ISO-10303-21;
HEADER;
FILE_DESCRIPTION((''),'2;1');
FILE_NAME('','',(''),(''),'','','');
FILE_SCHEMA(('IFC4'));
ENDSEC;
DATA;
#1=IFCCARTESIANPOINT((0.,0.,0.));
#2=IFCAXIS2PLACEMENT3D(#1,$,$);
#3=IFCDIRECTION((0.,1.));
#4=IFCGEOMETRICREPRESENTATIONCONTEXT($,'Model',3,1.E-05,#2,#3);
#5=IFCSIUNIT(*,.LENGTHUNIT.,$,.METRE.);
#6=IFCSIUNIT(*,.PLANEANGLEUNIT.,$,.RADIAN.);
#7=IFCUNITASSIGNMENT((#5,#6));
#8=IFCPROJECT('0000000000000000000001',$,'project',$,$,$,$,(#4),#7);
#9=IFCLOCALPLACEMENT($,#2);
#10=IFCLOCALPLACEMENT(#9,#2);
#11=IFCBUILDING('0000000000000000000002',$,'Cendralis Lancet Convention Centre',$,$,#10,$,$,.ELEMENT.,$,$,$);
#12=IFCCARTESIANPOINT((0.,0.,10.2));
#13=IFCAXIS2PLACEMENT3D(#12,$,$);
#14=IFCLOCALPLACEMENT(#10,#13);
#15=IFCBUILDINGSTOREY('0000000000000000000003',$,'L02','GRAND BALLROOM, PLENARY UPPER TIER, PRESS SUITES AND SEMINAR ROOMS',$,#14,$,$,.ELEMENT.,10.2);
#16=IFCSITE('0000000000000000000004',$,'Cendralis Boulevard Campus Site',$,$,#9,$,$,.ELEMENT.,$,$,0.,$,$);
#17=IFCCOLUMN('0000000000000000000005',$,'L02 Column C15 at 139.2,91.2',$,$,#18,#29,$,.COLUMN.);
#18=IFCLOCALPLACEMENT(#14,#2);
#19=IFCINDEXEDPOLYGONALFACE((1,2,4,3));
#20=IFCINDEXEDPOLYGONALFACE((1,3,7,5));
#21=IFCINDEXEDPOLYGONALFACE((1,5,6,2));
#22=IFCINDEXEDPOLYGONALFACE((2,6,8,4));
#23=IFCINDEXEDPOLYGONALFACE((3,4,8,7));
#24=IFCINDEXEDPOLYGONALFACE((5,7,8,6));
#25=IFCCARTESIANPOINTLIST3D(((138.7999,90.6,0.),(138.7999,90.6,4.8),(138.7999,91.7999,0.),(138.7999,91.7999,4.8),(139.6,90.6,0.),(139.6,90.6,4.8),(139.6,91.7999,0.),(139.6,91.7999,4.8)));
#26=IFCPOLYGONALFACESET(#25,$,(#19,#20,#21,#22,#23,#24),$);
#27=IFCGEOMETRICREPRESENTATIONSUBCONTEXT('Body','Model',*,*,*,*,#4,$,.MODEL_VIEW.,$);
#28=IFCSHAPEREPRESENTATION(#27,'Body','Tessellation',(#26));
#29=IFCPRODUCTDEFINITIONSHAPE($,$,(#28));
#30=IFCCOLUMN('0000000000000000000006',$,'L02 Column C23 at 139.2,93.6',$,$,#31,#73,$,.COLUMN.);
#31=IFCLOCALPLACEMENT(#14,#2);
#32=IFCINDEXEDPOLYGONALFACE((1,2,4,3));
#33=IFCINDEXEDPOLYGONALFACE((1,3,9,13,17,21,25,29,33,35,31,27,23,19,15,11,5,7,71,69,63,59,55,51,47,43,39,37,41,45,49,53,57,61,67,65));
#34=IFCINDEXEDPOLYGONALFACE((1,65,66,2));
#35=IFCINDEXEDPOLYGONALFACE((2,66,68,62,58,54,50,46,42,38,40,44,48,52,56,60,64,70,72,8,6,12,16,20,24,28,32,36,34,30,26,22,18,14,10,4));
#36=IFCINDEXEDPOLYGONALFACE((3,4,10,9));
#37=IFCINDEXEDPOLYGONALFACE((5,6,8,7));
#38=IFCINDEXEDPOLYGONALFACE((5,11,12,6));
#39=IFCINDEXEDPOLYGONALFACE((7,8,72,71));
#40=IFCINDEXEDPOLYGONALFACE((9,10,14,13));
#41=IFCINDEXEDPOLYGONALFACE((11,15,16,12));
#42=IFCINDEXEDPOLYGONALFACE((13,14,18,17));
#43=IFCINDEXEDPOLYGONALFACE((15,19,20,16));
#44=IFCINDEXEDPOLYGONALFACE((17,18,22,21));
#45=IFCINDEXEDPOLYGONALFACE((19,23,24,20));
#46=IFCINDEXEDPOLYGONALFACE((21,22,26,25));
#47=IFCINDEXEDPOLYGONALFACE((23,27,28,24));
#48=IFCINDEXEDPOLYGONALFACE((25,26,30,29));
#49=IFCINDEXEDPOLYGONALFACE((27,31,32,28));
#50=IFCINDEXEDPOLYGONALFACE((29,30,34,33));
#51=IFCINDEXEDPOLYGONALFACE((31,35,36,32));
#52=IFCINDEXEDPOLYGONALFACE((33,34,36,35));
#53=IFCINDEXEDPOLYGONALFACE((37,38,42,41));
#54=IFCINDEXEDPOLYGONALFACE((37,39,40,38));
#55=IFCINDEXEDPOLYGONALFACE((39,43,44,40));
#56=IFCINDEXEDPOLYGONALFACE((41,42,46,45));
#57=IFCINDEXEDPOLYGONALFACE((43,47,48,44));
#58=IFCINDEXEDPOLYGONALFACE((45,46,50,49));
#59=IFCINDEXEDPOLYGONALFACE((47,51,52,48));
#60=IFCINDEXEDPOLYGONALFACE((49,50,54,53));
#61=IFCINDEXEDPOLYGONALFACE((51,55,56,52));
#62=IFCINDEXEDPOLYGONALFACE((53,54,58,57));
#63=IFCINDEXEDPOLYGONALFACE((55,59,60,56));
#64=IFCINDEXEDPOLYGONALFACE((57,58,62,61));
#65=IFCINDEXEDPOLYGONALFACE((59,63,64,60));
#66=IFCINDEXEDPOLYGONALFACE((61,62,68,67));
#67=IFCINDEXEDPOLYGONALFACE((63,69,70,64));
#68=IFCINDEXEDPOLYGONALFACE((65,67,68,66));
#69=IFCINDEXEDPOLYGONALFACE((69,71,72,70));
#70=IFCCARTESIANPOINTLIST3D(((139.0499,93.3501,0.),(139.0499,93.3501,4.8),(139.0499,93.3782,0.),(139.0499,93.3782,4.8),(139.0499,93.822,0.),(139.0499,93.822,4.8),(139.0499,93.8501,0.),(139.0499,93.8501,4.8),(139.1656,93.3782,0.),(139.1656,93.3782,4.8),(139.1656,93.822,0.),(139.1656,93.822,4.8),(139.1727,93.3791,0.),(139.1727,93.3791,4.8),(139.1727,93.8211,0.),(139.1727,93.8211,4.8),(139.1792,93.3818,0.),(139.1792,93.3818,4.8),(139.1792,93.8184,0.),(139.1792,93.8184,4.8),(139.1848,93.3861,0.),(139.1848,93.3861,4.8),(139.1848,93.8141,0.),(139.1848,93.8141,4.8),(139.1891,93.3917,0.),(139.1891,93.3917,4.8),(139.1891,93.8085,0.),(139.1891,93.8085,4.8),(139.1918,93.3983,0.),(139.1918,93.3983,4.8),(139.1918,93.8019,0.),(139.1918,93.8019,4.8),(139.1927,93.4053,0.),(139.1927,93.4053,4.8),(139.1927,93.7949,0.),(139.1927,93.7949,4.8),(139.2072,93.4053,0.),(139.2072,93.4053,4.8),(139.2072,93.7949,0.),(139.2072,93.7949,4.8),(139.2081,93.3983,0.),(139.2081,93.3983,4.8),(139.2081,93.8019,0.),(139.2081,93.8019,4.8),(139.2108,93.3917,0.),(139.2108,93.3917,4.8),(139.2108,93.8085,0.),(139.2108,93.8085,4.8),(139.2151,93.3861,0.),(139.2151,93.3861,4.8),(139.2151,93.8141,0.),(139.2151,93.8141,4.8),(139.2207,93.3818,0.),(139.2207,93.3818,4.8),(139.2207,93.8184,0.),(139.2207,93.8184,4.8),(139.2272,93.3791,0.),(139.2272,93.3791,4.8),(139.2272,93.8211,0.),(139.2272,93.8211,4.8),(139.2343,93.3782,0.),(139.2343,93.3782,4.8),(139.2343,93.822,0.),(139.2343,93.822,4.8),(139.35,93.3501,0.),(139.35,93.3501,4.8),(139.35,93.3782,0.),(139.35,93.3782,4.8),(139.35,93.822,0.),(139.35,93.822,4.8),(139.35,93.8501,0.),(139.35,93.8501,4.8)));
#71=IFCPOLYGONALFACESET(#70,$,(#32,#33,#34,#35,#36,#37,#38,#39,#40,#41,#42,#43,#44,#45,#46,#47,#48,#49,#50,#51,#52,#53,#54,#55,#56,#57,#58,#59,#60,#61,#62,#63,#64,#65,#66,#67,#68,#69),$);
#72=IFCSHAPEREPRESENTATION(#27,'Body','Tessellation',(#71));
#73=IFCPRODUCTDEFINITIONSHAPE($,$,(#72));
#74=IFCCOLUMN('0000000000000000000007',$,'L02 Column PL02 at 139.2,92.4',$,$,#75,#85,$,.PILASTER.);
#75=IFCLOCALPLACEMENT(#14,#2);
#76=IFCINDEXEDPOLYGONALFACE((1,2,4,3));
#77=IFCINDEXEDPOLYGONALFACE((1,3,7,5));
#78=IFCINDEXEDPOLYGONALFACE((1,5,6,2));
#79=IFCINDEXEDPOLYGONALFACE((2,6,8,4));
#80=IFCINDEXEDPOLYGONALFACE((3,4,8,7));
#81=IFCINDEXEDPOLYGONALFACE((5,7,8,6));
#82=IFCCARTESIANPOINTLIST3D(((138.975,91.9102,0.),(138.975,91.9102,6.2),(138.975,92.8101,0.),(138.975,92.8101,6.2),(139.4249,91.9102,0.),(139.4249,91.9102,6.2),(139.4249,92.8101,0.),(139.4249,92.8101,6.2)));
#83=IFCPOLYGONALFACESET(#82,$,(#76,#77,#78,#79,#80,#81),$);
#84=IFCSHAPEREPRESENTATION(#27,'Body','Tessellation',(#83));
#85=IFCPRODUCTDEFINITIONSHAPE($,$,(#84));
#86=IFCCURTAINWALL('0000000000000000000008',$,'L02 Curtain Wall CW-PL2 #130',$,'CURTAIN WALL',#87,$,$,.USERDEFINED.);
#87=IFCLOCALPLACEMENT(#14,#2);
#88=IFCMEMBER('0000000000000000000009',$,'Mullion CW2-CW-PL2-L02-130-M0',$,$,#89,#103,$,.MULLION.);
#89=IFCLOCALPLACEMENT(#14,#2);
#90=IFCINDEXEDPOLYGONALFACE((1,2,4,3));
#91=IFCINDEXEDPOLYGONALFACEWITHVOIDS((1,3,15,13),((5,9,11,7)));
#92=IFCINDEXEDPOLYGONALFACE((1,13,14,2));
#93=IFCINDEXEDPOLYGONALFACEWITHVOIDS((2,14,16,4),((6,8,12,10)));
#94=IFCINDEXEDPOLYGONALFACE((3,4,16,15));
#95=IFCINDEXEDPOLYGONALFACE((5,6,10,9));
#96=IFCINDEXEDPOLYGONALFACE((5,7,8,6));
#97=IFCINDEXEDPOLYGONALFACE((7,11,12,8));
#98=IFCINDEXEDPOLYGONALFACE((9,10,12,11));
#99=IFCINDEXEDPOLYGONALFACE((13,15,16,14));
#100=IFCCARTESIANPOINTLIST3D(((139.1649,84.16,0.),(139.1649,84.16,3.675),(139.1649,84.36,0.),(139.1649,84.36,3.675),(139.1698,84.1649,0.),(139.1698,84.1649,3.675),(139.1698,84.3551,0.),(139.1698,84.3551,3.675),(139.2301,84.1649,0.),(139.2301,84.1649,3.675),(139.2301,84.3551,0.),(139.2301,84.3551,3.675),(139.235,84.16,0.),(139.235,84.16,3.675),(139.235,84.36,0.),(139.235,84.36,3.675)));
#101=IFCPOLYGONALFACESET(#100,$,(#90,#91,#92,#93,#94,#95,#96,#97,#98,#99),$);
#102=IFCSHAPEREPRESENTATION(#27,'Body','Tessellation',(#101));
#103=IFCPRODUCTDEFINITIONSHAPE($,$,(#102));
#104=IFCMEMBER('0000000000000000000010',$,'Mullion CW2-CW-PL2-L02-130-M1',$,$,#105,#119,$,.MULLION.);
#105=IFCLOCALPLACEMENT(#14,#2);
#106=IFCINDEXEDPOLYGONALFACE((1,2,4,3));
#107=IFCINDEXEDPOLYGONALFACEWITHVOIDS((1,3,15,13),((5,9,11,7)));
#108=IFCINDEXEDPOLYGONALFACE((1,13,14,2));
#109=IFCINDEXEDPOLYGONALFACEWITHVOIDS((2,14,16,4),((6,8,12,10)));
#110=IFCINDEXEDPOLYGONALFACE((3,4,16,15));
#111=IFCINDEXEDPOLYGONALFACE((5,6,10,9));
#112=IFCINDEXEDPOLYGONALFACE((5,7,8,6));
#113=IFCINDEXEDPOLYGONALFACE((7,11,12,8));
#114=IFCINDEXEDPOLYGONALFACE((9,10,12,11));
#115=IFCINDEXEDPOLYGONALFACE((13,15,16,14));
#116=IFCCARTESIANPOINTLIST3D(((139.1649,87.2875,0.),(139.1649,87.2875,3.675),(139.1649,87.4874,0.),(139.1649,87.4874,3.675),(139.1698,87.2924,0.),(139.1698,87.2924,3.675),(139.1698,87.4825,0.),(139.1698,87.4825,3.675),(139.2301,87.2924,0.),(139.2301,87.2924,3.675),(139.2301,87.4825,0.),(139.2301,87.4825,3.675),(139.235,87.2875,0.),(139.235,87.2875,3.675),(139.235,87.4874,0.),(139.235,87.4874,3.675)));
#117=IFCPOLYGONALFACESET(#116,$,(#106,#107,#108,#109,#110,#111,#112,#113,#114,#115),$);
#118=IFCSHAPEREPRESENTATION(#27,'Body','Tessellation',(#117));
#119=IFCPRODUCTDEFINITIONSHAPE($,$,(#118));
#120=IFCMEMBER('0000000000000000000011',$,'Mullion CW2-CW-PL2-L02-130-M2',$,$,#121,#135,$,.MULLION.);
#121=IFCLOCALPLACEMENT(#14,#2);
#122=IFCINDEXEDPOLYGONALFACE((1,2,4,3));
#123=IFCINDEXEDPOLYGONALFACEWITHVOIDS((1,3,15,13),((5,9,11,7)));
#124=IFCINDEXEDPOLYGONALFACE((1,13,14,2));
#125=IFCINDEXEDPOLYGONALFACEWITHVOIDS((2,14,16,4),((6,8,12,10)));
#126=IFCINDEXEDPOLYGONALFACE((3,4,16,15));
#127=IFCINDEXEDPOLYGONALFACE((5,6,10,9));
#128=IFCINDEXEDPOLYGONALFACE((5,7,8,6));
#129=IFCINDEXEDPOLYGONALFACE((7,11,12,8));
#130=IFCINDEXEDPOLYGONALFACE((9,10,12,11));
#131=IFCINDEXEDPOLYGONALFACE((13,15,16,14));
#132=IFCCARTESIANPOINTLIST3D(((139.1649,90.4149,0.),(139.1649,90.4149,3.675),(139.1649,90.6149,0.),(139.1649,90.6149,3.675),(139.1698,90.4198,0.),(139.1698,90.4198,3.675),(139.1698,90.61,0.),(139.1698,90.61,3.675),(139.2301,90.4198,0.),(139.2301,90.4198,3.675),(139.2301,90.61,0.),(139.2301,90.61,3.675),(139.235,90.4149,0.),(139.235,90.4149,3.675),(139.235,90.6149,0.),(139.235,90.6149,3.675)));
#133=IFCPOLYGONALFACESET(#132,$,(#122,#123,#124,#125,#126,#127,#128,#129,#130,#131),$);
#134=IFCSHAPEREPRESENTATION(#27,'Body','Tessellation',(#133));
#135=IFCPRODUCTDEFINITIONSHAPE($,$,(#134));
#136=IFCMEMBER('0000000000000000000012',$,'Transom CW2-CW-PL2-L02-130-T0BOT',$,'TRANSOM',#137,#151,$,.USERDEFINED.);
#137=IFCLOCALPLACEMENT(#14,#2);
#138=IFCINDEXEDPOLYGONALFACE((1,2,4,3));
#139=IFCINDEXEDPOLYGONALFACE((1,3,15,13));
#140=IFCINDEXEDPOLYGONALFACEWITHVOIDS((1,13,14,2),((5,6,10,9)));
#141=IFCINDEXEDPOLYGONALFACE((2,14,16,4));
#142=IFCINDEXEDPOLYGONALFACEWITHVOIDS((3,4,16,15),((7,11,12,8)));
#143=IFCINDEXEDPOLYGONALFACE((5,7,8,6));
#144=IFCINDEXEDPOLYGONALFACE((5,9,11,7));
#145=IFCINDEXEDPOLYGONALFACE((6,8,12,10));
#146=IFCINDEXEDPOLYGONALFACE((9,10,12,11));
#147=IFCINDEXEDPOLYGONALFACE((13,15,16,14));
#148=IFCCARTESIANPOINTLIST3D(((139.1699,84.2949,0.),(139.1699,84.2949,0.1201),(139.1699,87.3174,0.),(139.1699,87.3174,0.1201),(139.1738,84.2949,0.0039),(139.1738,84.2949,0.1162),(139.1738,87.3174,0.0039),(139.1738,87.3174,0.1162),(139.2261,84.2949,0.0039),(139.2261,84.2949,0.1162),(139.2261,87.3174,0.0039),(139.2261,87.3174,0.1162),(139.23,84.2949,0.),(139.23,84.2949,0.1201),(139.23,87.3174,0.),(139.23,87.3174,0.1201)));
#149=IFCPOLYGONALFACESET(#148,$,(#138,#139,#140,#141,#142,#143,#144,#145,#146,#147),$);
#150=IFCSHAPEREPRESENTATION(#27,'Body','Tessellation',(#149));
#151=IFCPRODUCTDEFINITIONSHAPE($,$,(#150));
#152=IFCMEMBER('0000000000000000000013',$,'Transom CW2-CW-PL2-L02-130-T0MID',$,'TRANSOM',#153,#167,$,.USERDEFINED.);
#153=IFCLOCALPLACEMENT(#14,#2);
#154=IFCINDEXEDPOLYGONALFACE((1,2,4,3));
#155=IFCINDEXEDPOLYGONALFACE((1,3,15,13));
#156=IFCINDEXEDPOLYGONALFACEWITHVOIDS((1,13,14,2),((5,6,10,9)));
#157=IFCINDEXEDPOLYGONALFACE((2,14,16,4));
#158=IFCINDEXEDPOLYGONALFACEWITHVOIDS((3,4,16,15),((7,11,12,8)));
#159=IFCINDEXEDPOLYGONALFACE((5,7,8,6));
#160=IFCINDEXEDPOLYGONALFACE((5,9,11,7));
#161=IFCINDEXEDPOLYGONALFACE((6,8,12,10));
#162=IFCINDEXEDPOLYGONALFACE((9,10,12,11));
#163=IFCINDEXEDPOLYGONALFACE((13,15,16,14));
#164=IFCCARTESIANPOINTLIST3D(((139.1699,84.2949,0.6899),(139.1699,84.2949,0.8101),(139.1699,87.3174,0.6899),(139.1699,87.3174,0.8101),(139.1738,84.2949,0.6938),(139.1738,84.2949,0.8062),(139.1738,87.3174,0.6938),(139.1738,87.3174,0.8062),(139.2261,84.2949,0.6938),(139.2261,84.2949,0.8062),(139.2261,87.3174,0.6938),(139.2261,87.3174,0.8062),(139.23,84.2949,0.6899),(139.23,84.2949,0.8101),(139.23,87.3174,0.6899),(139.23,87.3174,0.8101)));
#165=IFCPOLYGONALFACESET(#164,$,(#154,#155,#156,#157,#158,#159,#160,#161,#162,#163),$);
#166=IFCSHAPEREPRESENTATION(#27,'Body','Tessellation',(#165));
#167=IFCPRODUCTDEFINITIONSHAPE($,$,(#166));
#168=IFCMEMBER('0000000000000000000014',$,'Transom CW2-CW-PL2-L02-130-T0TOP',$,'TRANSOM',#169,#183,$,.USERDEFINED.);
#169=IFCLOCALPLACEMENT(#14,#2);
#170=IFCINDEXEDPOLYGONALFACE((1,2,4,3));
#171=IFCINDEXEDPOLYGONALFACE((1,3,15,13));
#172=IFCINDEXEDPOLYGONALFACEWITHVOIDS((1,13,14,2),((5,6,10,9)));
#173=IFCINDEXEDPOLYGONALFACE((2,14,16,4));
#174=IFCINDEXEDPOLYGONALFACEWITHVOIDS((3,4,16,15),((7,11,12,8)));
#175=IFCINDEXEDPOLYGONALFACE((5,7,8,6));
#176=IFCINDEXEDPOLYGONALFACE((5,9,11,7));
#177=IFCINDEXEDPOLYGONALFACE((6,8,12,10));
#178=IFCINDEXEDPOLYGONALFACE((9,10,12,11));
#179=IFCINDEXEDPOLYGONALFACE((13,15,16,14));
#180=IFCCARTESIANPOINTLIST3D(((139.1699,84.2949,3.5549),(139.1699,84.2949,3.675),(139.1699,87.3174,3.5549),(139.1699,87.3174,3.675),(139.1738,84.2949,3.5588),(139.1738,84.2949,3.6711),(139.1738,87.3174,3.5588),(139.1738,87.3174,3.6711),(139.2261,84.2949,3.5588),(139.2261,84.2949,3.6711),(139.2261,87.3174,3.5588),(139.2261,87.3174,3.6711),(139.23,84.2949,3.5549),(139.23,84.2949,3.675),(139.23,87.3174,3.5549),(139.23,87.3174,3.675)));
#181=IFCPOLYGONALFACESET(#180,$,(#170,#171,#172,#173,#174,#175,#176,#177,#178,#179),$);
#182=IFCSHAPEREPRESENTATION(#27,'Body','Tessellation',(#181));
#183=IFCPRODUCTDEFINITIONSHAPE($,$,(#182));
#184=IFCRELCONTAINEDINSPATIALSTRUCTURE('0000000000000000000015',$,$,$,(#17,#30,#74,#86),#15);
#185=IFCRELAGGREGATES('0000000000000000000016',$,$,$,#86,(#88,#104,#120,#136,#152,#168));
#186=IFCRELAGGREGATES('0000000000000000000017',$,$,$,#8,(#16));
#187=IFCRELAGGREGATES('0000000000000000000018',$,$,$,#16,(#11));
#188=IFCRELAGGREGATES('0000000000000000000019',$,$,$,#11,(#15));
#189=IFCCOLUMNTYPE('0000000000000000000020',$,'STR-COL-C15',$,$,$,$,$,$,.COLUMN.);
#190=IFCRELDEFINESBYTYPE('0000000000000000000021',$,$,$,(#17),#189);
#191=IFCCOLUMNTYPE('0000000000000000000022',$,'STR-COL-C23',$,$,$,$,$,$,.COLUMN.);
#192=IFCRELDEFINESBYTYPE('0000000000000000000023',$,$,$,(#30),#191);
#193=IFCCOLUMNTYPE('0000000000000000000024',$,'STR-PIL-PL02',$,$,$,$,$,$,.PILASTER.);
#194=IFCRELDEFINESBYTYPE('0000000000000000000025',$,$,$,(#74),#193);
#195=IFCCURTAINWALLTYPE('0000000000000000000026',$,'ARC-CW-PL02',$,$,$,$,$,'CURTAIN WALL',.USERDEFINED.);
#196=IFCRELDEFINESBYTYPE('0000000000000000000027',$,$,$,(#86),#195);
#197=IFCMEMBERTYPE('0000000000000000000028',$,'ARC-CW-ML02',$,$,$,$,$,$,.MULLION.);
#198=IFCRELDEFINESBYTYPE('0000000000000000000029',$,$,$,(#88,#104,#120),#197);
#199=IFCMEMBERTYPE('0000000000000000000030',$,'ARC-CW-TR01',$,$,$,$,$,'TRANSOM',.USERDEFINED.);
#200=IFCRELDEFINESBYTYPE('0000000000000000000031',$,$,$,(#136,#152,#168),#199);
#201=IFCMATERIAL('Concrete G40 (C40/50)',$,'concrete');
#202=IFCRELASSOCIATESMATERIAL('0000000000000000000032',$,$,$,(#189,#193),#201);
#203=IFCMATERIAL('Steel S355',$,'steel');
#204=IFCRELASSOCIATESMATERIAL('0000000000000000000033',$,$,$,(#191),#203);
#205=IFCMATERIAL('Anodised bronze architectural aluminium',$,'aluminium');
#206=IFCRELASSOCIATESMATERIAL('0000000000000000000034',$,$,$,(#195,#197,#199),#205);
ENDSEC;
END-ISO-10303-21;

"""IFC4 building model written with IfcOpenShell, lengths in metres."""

from ifc_helpers import new_model, si_unit, direction, frame, origin, origin_2d, place, context, subcontext, project, spatial, rectangle, hollow_rectangle, i_section, extrude, material, material_profile, profile_set, type_object, element, aggregate, save


model = new_model("IFC4")

# Units and contexts
model_context = context("Model", 3, precision=1e-05, world=origin(), true_north=direction((0.0, 1.0)))
body_context = subcontext(model_context, "Body", "Model", "MODEL_VIEW")
ifc_project = project(units=[si_unit("LENGTHUNIT", "METRE"), si_unit("PLANEANGLEUNIT", "RADIAN")], contexts=[model_context])

# Site, building, storey
site_placement = place(None, origin())
site = spatial("IfcSite", under=ifc_project, at=site_placement, Name="Cendralis Boulevard Campus Site", CompositionType="ELEMENT", RefElevation=0.0)
building_placement = place(site_placement, origin())
building = spatial("IfcBuilding", under=site, at=building_placement, Name="Cendralis Lancet Convention Centre", CompositionType="ELEMENT")
storey_placement = place(building_placement, frame((0.0, 0.0, 10.2)))
storey = spatial("IfcBuildingStorey", under=building, at=storey_placement, Name="L02", Description="GRAND BALLROOM, PLENARY UPPER TIER, PRESS SUITES AND SEMINAR ROOMS", CompositionType="ELEMENT", Elevation=10.2)

# Columns
ifc_material_1 = material(Name="Concrete G40 (C40/50)", Category="concrete")
ifc_material_profile_1 = material_profile(ifc_material_1, rectangle(XDim=0.8, YDim=1.2, at=origin_2d()), Name="RC 800x1200")
ifc_profile_set_1 = profile_set([ifc_material_profile_1], Name="Concrete G40 (C40/50)")
column_type_1 = type_object("IfcColumnType", Name="STR-COL-C15", PredefinedType="COLUMN", material=ifc_profile_set_1)
column_1_placement = place(storey_placement, frame((139.2, 91.2, 0.0), z_axis=(0.0, 0.0, 1.0), x_axis=(1.0, 0.0, 0.0)))
element("IfcColumn", 1, at=column_1_placement, inside=storey, type_object=column_type_1, Name="L02 Column C15 at 139.2,91.2", PredefinedType="COLUMN", context=body_context, shape_type="SweptSolid", body=[
    extrude(rectangle(XDim=0.8, YDim=1.2, at=origin_2d()), origin(), (0.0, 0.0, 1.0), 4.8),
])
ifc_material_2 = material(Name="Steel S355", Category="steel")
ifc_material_profile_2 = material_profile(ifc_material_2, i_section(OverallWidth=0.3, OverallDepth=0.5, WebThickness=0.0144, FlangeThickness=0.0281, FilletRadius=0.0271, at=origin_2d()), Name="HEB 500")
ifc_profile_set_2 = profile_set([ifc_material_profile_2], Name="Steel S355")
column_type_2 = type_object("IfcColumnType", Name="STR-COL-C23", PredefinedType="COLUMN", material=ifc_profile_set_2)
column_2_placement = place(storey_placement, frame((139.2, 93.6001, 0.0), z_axis=(0.0, 0.0, 1.0), x_axis=(1.0, 0.0, 0.0)))
element("IfcColumn", 2, at=column_2_placement, inside=storey, type_object=column_type_2, Name="L02 Column C23 at 139.2,93.6", PredefinedType="COLUMN", context=body_context, shape_type="SweptSolid", body=[
    extrude(i_section(OverallWidth=0.3, OverallDepth=0.5, WebThickness=0.0144, FlangeThickness=0.0281, FilletRadius=0.0271, at=origin_2d()), origin(), (0.0, 0.0, 1.0), 4.8),
])
ifc_material_profile_3 = material_profile(ifc_material_1, rectangle(XDim=0.45, YDim=0.8999, at=origin_2d()), Name="RC 450x900")
ifc_profile_set_3 = profile_set([ifc_material_profile_3], Name="Concrete G40 (C40/50)")
column_type_3 = type_object("IfcColumnType", Name="STR-PIL-PL02", PredefinedType="PILASTER", material=ifc_profile_set_3)
column_3_placement = place(storey_placement, frame((139.2, 92.3601, 0.0), z_axis=(0.0, 0.0, 1.0), x_axis=(1.0, 0.0, 0.0)))
element("IfcColumn", 3, at=column_3_placement, inside=storey, type_object=column_type_3, Name="L02 Column PL02 at 139.2,92.4", PredefinedType="PILASTER", context=body_context, shape_type="SweptSolid", body=[
    extrude(rectangle(XDim=0.45, YDim=0.8999, at=origin_2d()), origin(), (0.0, 0.0, 1.0), 6.2),
])

# Curtain wall, members
ifc_material_3 = material(Name="Anodised bronze architectural aluminium", Category="aluminium")
curtain_wall_type = type_object("IfcCurtainWallType", Name="ARC-CW-PL02", ElementType="CURTAIN WALL", PredefinedType="USERDEFINED", material=ifc_material_3)
curtain_wall_placement = place(storey_placement, origin())
curtain_wall = element("IfcCurtainWall", 4, at=curtain_wall_placement, inside=storey, type_object=curtain_wall_type, Name="L02 Curtain Wall CW-PL2 #130", ObjectType="CURTAIN WALL", PredefinedType="USERDEFINED")
ifc_material_profile_4 = material_profile(ifc_material_3, hollow_rectangle(XDim=0.0701, YDim=0.2, WallThickness=0.0049, at=origin_2d()), Name="AL-MULL 70x200x5.0")
ifc_profile_set_4 = profile_set([ifc_material_profile_4], Name="Anodised bronze architectural aluminium")
member_type_1 = type_object("IfcMemberType", Name="ARC-CW-ML02", PredefinedType="MULLION", material=ifc_profile_set_4)
member_1_placement = place(storey_placement, frame((139.2, 84.26, 0.0), z_axis=(0.0, 0.0, 1.0), x_axis=(1.0, 0.0, 0.0)))
member_1 = element("IfcMember", 5, at=member_1_placement, type_object=member_type_1, Name="Mullion CW2-CW-PL2-L02-130-M0", PredefinedType="MULLION", context=body_context, shape_type="SweptSolid", body=[
    extrude(hollow_rectangle(XDim=0.0701, YDim=0.2, WallThickness=0.0049, at=origin_2d()), origin(), (0.0, 0.0, 1.0), 3.675),
])
member_2_placement = place(storey_placement, frame((139.2, 87.3875, 0.0), z_axis=(0.0, 0.0, 1.0), x_axis=(1.0, 0.0, 0.0)))
member_2 = element("IfcMember", 6, at=member_2_placement, type_object=member_type_1, Name="Mullion CW2-CW-PL2-L02-130-M1", PredefinedType="MULLION", context=body_context, shape_type="SweptSolid", body=[
    extrude(hollow_rectangle(XDim=0.0701, YDim=0.2, WallThickness=0.0049, at=origin_2d()), origin(), (0.0, 0.0, 1.0), 3.675),
])
member_3_placement = place(storey_placement, frame((139.2, 90.5149, 0.0), z_axis=(0.0, 0.0, 1.0), x_axis=(1.0, 0.0, 0.0)))
member_3 = element("IfcMember", 7, at=member_3_placement, type_object=member_type_1, Name="Mullion CW2-CW-PL2-L02-130-M2", PredefinedType="MULLION", context=body_context, shape_type="SweptSolid", body=[
    extrude(hollow_rectangle(XDim=0.0701, YDim=0.2, WallThickness=0.0049, at=origin_2d()), origin(), (0.0, 0.0, 1.0), 3.675),
])
ifc_material_profile_5 = material_profile(ifc_material_3, hollow_rectangle(XDim=0.0601, YDim=0.1201, WallThickness=0.0039, at=origin_2d()), Name="AL-TRAN 60x120x4.0")
ifc_profile_set_5 = profile_set([ifc_material_profile_5], Name="Anodised bronze architectural aluminium")
member_type_2 = type_object("IfcMemberType", Name="ARC-CW-TR01", ElementType="TRANSOM", PredefinedType="USERDEFINED", material=ifc_profile_set_5)
member_4_placement = place(storey_placement, frame((139.2, 84.2949, 0.0601), z_axis=(0.0, 1.0, 0.0), x_axis=(-1.0, 0.0, 0.0)))
member_4 = element("IfcMember", 8, at=member_4_placement, type_object=member_type_2, Name="Transom CW2-CW-PL2-L02-130-T0BOT", ObjectType="TRANSOM", PredefinedType="USERDEFINED", context=body_context, shape_type="SweptSolid", body=[
    extrude(hollow_rectangle(XDim=0.0601, YDim=0.1201, WallThickness=0.0039, at=origin_2d()), origin(), (0.0, 0.0, 1.0), 3.0225),
])
member_5_placement = place(storey_placement, frame((139.2, 84.2949, 0.75), z_axis=(0.0, 1.0, 0.0), x_axis=(-1.0, 0.0, 0.0)))
member_5 = element("IfcMember", 9, at=member_5_placement, type_object=member_type_2, Name="Transom CW2-CW-PL2-L02-130-T0MID", ObjectType="TRANSOM", PredefinedType="USERDEFINED", context=body_context, shape_type="SweptSolid", body=[
    extrude(hollow_rectangle(XDim=0.0601, YDim=0.1201, WallThickness=0.0039, at=origin_2d()), origin(), (0.0, 0.0, 1.0), 3.0225),
])
member_6_placement = place(storey_placement, frame((139.2, 84.2949, 3.615), z_axis=(0.0, 1.0, 0.0), x_axis=(-1.0, 0.0, 0.0)))
member_6 = element("IfcMember", 10, at=member_6_placement, type_object=member_type_2, Name="Transom CW2-CW-PL2-L02-130-T0TOP", ObjectType="TRANSOM", PredefinedType="USERDEFINED", context=body_context, shape_type="SweptSolid", body=[
    extrude(hollow_rectangle(XDim=0.0601, YDim=0.1201, WallThickness=0.0039, at=origin_2d()), origin(), (0.0, 0.0, 1.0), 3.0225),
])

aggregate(curtain_wall, [member_1, member_2, member_3, member_4, member_5, member_6])

save(model, "model.ifc")
